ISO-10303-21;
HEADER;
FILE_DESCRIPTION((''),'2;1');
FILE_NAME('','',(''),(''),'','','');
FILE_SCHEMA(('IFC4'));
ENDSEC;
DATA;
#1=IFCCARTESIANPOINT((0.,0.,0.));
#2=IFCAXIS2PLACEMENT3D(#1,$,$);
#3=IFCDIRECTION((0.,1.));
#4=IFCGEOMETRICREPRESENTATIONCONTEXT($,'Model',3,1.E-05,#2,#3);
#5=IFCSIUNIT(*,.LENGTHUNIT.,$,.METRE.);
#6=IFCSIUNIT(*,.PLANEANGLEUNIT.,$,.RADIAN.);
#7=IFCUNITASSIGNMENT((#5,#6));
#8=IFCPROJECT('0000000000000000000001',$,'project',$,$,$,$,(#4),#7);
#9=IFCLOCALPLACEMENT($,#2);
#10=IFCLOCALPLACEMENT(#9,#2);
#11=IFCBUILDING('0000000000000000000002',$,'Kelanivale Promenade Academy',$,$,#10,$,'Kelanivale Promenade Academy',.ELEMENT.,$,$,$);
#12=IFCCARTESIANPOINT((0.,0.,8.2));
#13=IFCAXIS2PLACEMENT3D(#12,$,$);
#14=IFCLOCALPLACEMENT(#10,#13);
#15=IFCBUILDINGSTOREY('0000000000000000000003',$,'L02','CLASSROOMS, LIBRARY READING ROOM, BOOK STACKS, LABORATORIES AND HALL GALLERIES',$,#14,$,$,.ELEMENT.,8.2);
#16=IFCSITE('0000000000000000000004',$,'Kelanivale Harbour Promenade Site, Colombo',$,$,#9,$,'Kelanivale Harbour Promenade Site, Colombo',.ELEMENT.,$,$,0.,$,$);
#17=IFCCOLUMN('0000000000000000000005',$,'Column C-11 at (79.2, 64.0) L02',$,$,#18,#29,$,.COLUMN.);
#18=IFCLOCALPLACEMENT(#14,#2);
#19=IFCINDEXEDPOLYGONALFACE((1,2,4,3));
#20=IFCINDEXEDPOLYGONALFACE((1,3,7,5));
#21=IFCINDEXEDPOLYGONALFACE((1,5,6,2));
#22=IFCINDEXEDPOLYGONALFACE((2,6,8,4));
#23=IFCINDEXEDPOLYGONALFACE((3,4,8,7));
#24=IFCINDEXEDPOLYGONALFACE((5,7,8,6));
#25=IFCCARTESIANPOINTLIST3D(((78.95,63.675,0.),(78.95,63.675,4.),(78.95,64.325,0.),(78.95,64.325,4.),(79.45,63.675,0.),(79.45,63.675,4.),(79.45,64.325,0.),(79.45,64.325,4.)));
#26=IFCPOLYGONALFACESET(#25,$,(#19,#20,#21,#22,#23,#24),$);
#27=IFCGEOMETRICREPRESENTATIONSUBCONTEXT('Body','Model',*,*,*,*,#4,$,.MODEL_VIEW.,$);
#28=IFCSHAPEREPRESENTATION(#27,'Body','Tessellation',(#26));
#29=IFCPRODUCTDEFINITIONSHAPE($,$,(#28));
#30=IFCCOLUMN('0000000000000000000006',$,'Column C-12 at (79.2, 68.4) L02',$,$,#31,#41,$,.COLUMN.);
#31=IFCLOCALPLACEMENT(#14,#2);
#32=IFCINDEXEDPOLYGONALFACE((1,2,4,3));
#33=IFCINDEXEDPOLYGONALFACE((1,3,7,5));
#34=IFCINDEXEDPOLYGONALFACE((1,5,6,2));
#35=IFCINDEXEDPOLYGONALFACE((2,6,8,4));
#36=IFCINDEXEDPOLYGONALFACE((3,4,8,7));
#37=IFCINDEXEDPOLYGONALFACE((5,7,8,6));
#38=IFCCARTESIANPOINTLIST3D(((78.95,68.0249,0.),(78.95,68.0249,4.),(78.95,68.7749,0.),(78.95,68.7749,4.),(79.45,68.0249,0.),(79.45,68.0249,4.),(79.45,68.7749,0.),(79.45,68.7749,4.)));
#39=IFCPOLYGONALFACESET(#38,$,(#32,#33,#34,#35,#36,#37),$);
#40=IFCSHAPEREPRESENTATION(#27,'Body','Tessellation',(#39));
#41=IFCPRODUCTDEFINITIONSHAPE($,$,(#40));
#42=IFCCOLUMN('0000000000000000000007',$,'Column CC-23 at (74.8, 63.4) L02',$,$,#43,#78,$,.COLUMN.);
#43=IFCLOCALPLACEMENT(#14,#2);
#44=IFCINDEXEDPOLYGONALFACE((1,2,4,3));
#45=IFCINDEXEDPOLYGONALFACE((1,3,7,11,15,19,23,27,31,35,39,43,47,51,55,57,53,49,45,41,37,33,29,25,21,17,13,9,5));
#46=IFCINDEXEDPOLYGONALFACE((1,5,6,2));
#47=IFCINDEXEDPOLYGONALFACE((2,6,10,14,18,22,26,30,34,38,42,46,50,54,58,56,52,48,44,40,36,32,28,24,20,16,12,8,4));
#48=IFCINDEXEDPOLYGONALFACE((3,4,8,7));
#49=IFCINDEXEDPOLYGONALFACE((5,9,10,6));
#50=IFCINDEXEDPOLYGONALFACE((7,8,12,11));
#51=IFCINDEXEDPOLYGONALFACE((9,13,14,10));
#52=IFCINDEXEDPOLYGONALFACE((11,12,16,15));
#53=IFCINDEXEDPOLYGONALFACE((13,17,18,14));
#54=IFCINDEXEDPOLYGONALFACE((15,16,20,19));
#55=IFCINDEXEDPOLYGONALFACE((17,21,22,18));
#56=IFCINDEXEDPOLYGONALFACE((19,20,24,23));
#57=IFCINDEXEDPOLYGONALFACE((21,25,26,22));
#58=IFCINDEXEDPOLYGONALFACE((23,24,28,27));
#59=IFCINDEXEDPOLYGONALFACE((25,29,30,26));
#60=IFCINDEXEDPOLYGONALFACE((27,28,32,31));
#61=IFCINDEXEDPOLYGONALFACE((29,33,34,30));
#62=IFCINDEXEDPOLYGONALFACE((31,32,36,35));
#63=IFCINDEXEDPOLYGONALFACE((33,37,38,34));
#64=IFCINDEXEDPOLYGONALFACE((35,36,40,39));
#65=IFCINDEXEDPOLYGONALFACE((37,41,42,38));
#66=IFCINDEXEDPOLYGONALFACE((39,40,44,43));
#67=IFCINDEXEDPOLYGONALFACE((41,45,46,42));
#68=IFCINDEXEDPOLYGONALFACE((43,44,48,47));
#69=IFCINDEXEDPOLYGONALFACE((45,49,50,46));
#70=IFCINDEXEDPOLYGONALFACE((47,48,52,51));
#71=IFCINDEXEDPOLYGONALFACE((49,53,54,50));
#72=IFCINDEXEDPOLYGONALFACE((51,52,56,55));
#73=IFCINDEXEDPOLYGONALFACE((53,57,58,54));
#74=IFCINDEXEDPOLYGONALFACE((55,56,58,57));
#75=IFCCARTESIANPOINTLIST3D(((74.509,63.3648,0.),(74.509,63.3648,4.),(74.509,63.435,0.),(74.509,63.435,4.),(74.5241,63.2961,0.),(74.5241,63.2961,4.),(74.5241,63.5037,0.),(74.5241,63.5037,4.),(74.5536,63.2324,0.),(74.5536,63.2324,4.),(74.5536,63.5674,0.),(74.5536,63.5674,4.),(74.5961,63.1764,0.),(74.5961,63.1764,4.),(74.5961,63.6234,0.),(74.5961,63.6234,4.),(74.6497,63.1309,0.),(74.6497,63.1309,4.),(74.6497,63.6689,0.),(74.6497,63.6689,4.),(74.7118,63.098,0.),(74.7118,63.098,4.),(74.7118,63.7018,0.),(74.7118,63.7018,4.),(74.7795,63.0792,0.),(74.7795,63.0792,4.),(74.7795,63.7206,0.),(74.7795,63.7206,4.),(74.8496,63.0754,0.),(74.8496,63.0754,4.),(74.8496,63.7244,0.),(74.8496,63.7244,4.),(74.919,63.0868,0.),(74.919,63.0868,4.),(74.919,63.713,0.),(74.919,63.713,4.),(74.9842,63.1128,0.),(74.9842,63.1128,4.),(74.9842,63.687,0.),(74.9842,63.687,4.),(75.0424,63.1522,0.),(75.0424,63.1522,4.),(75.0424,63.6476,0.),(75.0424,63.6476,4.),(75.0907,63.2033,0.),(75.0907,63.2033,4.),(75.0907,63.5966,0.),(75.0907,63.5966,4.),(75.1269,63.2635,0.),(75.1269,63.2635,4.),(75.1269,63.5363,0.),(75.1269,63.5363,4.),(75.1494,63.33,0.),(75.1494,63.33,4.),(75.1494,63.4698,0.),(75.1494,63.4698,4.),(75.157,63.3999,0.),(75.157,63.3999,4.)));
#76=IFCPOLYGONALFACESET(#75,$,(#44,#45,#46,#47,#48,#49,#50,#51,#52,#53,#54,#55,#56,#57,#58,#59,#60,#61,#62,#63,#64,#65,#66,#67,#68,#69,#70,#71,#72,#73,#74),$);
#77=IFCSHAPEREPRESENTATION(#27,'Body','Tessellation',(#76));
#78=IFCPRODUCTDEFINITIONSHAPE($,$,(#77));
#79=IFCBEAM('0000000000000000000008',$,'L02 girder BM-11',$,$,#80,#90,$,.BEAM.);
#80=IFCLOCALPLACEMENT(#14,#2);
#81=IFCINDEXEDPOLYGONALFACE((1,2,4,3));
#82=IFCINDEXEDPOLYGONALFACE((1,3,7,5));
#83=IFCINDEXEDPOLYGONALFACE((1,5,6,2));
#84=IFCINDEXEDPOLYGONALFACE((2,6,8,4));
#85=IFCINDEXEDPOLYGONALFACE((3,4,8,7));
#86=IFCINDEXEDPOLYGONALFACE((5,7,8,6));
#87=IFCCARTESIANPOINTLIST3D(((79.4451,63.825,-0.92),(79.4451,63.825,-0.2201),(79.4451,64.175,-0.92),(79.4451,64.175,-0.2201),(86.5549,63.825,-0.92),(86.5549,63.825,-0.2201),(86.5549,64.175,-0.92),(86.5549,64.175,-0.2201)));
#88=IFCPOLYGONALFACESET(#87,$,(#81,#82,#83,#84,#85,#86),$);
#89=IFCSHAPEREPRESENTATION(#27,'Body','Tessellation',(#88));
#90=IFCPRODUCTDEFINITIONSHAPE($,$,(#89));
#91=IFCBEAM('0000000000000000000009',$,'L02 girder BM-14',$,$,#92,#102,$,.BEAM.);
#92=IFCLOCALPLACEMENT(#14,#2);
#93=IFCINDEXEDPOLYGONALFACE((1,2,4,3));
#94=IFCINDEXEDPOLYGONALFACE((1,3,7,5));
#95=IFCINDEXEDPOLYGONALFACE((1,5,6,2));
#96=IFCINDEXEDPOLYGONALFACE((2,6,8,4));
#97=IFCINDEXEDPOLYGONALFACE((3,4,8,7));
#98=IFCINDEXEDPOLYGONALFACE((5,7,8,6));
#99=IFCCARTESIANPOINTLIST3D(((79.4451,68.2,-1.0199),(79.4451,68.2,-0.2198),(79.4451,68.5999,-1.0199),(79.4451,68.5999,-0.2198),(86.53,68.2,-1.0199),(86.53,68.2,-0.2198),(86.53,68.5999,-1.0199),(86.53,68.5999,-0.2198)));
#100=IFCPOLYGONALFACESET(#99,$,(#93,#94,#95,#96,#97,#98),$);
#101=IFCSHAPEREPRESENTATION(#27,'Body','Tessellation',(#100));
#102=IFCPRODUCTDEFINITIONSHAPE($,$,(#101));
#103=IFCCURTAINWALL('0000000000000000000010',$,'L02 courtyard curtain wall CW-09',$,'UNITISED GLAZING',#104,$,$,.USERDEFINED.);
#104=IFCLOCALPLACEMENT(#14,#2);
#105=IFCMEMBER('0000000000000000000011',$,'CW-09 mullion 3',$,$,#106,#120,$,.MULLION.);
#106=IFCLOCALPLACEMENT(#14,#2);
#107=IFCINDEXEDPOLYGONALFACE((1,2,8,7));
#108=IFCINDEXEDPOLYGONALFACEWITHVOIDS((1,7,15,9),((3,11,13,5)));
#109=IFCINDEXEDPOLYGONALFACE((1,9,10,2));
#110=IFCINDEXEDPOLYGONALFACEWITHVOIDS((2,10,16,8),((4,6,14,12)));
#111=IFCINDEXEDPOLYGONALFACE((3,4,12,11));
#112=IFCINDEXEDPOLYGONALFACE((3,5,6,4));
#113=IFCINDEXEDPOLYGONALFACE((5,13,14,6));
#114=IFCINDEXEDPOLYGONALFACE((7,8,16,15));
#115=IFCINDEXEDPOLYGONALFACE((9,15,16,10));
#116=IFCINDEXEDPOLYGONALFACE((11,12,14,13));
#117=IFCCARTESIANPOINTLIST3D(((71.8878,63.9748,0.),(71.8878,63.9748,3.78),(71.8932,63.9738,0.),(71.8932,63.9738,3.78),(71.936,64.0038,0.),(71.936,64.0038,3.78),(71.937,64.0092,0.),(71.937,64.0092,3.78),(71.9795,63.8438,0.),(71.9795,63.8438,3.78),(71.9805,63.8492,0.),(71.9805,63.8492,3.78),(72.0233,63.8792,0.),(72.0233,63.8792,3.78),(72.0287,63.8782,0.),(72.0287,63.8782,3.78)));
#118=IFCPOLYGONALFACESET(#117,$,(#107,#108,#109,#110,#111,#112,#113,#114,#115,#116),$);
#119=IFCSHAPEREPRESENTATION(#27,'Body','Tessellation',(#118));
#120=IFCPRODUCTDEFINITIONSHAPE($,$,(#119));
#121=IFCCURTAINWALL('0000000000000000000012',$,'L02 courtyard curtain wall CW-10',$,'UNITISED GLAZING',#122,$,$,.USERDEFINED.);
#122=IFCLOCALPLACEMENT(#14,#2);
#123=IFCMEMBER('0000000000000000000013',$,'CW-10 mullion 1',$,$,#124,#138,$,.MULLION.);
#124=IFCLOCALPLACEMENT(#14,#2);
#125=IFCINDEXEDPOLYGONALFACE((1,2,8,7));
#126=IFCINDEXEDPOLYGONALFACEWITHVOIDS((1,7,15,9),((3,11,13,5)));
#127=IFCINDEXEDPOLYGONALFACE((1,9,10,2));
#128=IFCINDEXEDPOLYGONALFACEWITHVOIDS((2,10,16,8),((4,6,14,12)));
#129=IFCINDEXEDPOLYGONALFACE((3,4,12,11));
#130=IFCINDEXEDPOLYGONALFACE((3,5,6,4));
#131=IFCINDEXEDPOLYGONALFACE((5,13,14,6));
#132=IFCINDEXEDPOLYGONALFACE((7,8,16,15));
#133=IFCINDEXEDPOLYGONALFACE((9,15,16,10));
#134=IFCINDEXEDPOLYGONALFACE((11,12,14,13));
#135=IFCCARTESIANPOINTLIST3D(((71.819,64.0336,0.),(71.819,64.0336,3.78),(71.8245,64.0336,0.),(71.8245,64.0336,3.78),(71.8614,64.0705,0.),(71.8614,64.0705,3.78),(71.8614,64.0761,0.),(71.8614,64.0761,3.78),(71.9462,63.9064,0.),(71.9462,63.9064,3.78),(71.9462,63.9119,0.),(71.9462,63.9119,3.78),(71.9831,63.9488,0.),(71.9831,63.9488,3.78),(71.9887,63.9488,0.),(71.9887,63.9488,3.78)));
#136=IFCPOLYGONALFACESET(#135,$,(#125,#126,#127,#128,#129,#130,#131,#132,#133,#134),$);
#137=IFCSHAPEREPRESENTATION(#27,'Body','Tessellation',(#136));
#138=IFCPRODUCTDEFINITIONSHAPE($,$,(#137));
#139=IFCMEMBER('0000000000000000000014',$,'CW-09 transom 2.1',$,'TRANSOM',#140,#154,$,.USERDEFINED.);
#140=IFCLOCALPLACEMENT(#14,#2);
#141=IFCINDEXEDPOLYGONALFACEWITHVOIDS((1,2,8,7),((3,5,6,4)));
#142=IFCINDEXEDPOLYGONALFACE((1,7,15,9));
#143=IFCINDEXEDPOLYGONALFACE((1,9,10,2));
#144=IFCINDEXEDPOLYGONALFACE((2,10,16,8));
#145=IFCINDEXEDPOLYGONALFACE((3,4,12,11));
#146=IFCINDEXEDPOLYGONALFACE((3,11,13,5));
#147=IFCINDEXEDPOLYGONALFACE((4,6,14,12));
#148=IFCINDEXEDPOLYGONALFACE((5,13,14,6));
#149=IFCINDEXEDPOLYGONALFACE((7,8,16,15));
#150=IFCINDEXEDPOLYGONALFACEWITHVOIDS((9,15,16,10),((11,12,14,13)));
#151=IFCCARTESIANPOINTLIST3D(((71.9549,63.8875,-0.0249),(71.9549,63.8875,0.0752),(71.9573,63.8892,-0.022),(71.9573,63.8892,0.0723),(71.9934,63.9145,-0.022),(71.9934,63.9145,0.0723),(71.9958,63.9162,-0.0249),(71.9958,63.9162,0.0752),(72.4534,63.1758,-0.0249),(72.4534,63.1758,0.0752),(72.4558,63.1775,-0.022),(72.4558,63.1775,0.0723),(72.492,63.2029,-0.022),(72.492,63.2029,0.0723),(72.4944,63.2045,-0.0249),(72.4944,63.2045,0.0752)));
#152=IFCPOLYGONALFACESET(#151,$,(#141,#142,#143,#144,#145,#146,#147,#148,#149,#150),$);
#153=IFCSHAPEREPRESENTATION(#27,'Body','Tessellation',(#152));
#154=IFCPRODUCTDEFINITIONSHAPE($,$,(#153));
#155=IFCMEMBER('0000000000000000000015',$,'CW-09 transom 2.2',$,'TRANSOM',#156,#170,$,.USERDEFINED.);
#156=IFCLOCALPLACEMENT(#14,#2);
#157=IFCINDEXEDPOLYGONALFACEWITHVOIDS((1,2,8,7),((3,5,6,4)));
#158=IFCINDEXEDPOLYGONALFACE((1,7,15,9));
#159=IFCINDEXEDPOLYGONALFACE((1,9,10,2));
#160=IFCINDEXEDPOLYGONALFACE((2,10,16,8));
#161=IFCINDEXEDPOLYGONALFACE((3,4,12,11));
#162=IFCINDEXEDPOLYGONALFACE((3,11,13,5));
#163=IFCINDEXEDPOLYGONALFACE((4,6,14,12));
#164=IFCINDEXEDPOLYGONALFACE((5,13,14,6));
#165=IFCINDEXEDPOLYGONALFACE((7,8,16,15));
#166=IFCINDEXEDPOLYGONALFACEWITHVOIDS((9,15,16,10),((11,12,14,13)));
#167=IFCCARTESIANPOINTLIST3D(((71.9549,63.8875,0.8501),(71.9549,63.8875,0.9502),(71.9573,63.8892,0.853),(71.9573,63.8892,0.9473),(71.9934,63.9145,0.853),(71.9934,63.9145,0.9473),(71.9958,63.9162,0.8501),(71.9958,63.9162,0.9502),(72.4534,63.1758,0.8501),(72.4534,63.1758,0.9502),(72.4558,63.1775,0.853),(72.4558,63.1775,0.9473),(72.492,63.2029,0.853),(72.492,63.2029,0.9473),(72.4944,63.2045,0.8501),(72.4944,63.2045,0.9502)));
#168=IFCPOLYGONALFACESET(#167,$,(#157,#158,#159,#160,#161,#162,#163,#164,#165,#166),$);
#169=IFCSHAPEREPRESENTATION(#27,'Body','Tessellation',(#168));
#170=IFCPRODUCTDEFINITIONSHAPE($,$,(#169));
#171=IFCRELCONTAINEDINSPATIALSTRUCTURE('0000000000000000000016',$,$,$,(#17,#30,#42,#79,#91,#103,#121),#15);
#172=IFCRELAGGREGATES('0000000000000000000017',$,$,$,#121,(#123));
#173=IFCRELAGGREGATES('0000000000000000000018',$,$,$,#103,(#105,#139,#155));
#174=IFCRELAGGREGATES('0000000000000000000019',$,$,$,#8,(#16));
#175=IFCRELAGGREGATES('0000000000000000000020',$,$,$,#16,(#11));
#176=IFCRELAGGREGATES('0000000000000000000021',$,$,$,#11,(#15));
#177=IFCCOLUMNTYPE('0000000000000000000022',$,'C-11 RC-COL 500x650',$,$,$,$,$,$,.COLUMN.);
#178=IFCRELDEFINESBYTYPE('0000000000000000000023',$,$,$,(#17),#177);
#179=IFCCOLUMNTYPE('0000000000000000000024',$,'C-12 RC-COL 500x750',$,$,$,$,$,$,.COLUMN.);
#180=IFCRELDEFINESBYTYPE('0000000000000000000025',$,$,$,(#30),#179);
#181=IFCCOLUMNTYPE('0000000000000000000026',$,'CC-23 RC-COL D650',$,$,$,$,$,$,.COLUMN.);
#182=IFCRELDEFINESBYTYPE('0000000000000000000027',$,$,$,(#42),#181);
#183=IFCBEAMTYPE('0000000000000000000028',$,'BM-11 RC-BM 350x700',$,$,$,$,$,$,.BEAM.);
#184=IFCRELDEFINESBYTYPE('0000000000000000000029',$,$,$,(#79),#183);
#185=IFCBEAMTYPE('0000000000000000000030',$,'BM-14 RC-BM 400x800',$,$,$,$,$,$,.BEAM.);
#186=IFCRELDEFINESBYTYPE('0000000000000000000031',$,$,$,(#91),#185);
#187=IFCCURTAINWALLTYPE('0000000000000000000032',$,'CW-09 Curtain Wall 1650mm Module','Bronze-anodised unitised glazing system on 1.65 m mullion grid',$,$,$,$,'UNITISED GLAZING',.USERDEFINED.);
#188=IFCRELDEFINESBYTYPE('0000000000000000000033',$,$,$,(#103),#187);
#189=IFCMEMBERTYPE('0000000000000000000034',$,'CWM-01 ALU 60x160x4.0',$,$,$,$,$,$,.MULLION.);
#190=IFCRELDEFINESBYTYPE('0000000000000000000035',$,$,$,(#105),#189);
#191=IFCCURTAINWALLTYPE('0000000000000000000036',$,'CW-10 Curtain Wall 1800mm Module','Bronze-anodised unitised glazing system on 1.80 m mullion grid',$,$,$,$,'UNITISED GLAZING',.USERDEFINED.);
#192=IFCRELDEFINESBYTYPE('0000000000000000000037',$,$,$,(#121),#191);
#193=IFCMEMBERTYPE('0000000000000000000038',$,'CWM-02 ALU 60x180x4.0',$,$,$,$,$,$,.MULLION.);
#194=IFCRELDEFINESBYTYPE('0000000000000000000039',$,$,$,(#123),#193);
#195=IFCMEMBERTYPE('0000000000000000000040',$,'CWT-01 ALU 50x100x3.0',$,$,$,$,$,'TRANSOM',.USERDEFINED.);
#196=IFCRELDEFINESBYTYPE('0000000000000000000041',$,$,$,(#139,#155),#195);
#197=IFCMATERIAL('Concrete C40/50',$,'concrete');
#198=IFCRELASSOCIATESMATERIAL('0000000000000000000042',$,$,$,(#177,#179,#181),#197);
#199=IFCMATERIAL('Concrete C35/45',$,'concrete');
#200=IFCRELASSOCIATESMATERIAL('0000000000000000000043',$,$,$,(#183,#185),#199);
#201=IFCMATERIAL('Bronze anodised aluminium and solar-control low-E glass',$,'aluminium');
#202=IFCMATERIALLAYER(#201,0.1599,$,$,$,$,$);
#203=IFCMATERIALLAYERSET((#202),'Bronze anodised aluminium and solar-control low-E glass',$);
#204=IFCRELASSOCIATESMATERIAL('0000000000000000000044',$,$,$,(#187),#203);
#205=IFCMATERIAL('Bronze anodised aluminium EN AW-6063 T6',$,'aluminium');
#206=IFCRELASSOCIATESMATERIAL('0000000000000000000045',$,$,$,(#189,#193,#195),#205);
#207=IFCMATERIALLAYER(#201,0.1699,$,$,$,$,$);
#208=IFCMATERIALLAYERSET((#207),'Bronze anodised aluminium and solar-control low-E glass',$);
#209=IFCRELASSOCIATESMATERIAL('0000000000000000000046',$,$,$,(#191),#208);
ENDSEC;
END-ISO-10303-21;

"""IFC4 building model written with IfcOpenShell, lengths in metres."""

from ifc_helpers import new_model, si_unit, direction, frame, origin, origin_2d, place, context, subcontext, project, spatial, rectangle, hollow_rectangle, circle, extrude, material, layer, layer_set, material_profile, profile_set, type_object, element, aggregate, save


model = new_model("IFC4")

# Units and contexts
model_context = context("Model", 3, precision=1e-05, world=origin(), true_north=direction((0.0, 1.0)))
body_context = subcontext(model_context, "Body", "Model", "MODEL_VIEW")
ifc_project = project(units=[si_unit("LENGTHUNIT", "METRE"), si_unit("PLANEANGLEUNIT", "RADIAN")], contexts=[model_context])

# Site, building, storey
site_placement = place(None, origin())
site = spatial("IfcSite", under=ifc_project, at=site_placement, Name="Kelanivale Harbour Promenade Site, Colombo", LongName="Kelanivale Harbour Promenade Site, Colombo", CompositionType="ELEMENT", RefElevation=0.0)
building_placement = place(site_placement, origin())
building = spatial("IfcBuilding", under=site, at=building_placement, Name="Kelanivale Promenade Academy", LongName="Kelanivale Promenade Academy", CompositionType="ELEMENT")
storey_placement = place(building_placement, frame((0.0, 0.0, 8.2)))
storey = spatial("IfcBuildingStorey", under=building, at=storey_placement, Name="L02", Description="CLASSROOMS, LIBRARY READING ROOM, BOOK STACKS, LABORATORIES AND HALL GALLERIES", CompositionType="ELEMENT", Elevation=8.2)

# Columns
ifc_material_1 = material(Name="Concrete C40/50", Category="concrete")
ifc_material_profile_1 = material_profile(ifc_material_1, rectangle(XDim=0.5, YDim=0.6499, at=origin_2d()), Name="RC-COL 500x650")
ifc_profile_set_1 = profile_set([ifc_material_profile_1], Name="Concrete C40/50")
column_type_1 = type_object("IfcColumnType", Name="C-11 RC-COL 500x650", PredefinedType="COLUMN", material=ifc_profile_set_1)
column_1_placement = place(storey_placement, frame((79.2, 64.0, 0.0), z_axis=(0.0, 0.0, 1.0), x_axis=(1.0, 0.0, 0.0)))
element("IfcColumn", 1, at=column_1_placement, inside=storey, type_object=column_type_1, Name="Column C-11 at (79.2, 64.0) L02", PredefinedType="COLUMN", context=body_context, shape_type="SweptSolid", body=[
    extrude(rectangle(XDim=0.5, YDim=0.6499, at=origin_2d()), origin(), (0.0, 0.0, 1.0), 4.0),
])
ifc_material_profile_2 = material_profile(ifc_material_1, rectangle(XDim=0.5, YDim=0.75, at=origin_2d()), Name="RC-COL 500x750")
ifc_profile_set_2 = profile_set([ifc_material_profile_2], Name="Concrete C40/50")
column_type_2 = type_object("IfcColumnType", Name="C-12 RC-COL 500x750", PredefinedType="COLUMN", material=ifc_profile_set_2)
column_2_placement = place(storey_placement, frame((79.2, 68.3999, 0.0), z_axis=(0.0, 0.0, 1.0), x_axis=(1.0, 0.0, 0.0)))
element("IfcColumn", 2, at=column_2_placement, inside=storey, type_object=column_type_2, Name="Column C-12 at (79.2, 68.4) L02", PredefinedType="COLUMN", context=body_context, shape_type="SweptSolid", body=[
    extrude(rectangle(XDim=0.5, YDim=0.75, at=origin_2d()), origin(), (0.0, 0.0, 1.0), 4.0),
])
ifc_material_profile_3 = material_profile(ifc_material_1, circle(Radius=0.325, at=origin_2d()), Name="RC-COL D650")
ifc_profile_set_3 = profile_set([ifc_material_profile_3], Name="Concrete C40/50")
column_type_3 = type_object("IfcColumnType", Name="CC-23 RC-COL D650", PredefinedType="COLUMN", material=ifc_profile_set_3)
column_3_placement = place(storey_placement, frame((74.832, 63.3999, 0.0), z_axis=(0.0, 0.0, 1.0), x_axis=(1.0, 0.0, 0.0)))
element("IfcColumn", 3, at=column_3_placement, inside=storey, type_object=column_type_3, Name="Column CC-23 at (74.8, 63.4) L02", PredefinedType="COLUMN", context=body_context, shape_type="SweptSolid", body=[
    extrude(circle(Radius=0.325, at=origin_2d()), origin(), (0.0, 0.0, 1.0), 4.0),
])

# Beams
ifc_material_2 = material(Name="Concrete C35/45", Category="concrete")
ifc_material_profile_4 = material_profile(ifc_material_2, rectangle(XDim=0.3501, YDim=0.7, at=origin_2d()), Name="RC-BM 350x700")
ifc_profile_set_4 = profile_set([ifc_material_profile_4], Name="Concrete C35/45")
beam_type_1 = type_object("IfcBeamType", Name="BM-11 RC-BM 350x700", PredefinedType="BEAM", material=ifc_profile_set_4)
beam_1_placement = place(storey_placement, frame((79.4451, 64.0, -0.5701), z_axis=(1.0, 0.0, 0.0), x_axis=(0.0, 1.0, 0.0)))
element("IfcBeam", 4, at=beam_1_placement, inside=storey, type_object=beam_type_1, Name="L02 girder BM-11", PredefinedType="BEAM", context=body_context, shape_type="SweptSolid", body=[
    extrude(rectangle(XDim=0.3501, YDim=0.7, at=origin_2d()), origin(), (0.0, 0.0, 1.0), 7.1099),
])
ifc_material_profile_5 = material_profile(ifc_material_2, rectangle(XDim=0.3999, YDim=0.8, at=origin_2d()), Name="RC-BM 400x800")
ifc_profile_set_5 = profile_set([ifc_material_profile_5], Name="Concrete C35/45")
beam_type_2 = type_object("IfcBeamType", Name="BM-14 RC-BM 400x800", PredefinedType="BEAM", material=ifc_profile_set_5)
beam_2_placement = place(storey_placement, frame((79.4451, 68.3999, -0.6199), z_axis=(1.0, 0.0, 0.0), x_axis=(0.0, 1.0, 0.0)))
element("IfcBeam", 5, at=beam_2_placement, inside=storey, type_object=beam_type_2, Name="L02 girder BM-14", PredefinedType="BEAM", context=body_context, shape_type="SweptSolid", body=[
    extrude(rectangle(XDim=0.3999, YDim=0.8, at=origin_2d()), origin(), (0.0, 0.0, 1.0), 7.085),
])

# Curtain walls, members
ifc_material_3 = material(Name="Bronze anodised aluminium and solar-control low-E glass", Category="aluminium")
ifc_layer_1 = layer(ifc_material_3, 0.1599)
ifc_layer_set_1 = layer_set([ifc_layer_1], Name="Bronze anodised aluminium and solar-control low-E glass")
curtain_wall_type_1 = type_object("IfcCurtainWallType", Name="CW-09 Curtain Wall 1650mm Module", Description="Bronze-anodised unitised glazing system on 1.65 m mullion grid", ElementType="UNITISED GLAZING", PredefinedType="USERDEFINED", material=ifc_layer_set_1)
curtain_wall_1_placement = place(storey_placement, origin())
curtain_wall_1 = element("IfcCurtainWall", 6, at=curtain_wall_1_placement, inside=storey, type_object=curtain_wall_type_1, Name="L02 courtyard curtain wall CW-09", ObjectType="UNITISED GLAZING", PredefinedType="USERDEFINED")
ifc_material_4 = material(Name="Bronze anodised aluminium EN AW-6063 T6", Category="aluminium")
ifc_material_profile_6 = material_profile(ifc_material_4, hollow_rectangle(XDim=0.0601, YDim=0.1599, WallThickness=0.0039, at=origin_2d()), Name="ALU 60x160x4.0")
ifc_profile_set_6 = profile_set([ifc_material_profile_6], Name="Bronze anodised aluminium EN AW-6063 T6")
member_type_1 = type_object("IfcMemberType", Name="CWM-01 ALU 60x160x4.0", PredefinedType="MULLION", material=ifc_profile_set_6)
member_1_placement = place(storey_placement, frame((71.9583, 63.9265, 0.0), z_axis=(0.0, 0.0, 1.0), x_axis=(-0.819158, -0.573567, 0.0)))
member_1 = element("IfcMember", 7, at=member_1_placement, type_object=member_type_1, Name="CW-09 mullion 3", PredefinedType="MULLION", context=body_context, shape_type="SweptSolid", body=[
    extrude(hollow_rectangle(XDim=0.0601, YDim=0.1599, WallThickness=0.0039, at=origin_2d()), origin(), (0.0, 0.0, 1.0), 3.78),
])
ifc_layer_2 = layer(ifc_material_3, 0.1699)
ifc_layer_set_2 = layer_set([ifc_layer_2], Name="Bronze anodised aluminium and solar-control low-E glass")
curtain_wall_type_2 = type_object("IfcCurtainWallType", Name="CW-10 Curtain Wall 1800mm Module", Description="Bronze-anodised unitised glazing system on 1.80 m mullion grid", ElementType="UNITISED GLAZING", PredefinedType="USERDEFINED", material=ifc_layer_set_2)
curtain_wall_2_placement = place(storey_placement, origin())
curtain_wall_2 = element("IfcCurtainWall", 8, at=curtain_wall_2_placement, inside=storey, type_object=curtain_wall_type_2, Name="L02 courtyard curtain wall CW-10", ObjectType="UNITISED GLAZING", PredefinedType="USERDEFINED")
ifc_material_profile_7 = material_profile(ifc_material_4, hollow_rectangle(XDim=0.0601, YDim=0.1799, WallThickness=0.0039, at=origin_2d()), Name="ALU 60x180x4.0")
ifc_profile_set_7 = profile_set([ifc_material_profile_7], Name="Bronze anodised aluminium EN AW-6063 T6")
member_type_2 = type_object("IfcMemberType", Name="CWM-02 ALU 60x180x4.0", PredefinedType="MULLION", material=ifc_profile_set_7)
member_2_placement = place(storey_placement, frame((71.9038, 63.9912, 0.0), z_axis=(0.0, 0.0, 1.0), x_axis=(-0.707107, -0.707107, 0.0)))
member_2 = element("IfcMember", 9, at=member_2_placement, type_object=member_type_2, Name="CW-10 mullion 1", PredefinedType="MULLION", context=body_context, shape_type="SweptSolid", body=[
    extrude(hollow_rectangle(XDim=0.0601, YDim=0.1799, WallThickness=0.0039, at=origin_2d()), origin(), (0.0, 0.0, 1.0), 3.78),
])

# Members
ifc_material_profile_8 = material_profile(ifc_material_4, hollow_rectangle(XDim=0.05, YDim=0.1001, WallThickness=0.0029, at=origin_2d()), Name="ALU 50x100x3.0")
ifc_profile_set_8 = profile_set([ifc_material_profile_8], Name="Bronze anodised aluminium EN AW-6063 T6")
member_type_3 = type_object("IfcMemberType", Name="CWT-01 ALU 50x100x3.0", ElementType="TRANSOM", PredefinedType="USERDEFINED", material=ifc_profile_set_8)
member_3_placement = place(storey_placement, frame((72.4739, 63.1902, 0.0251), z_axis=(-0.573745, 0.819034, 0.0), x_axis=(-0.819034, -0.573745, 0.0)))
member_3 = element("IfcMember", 10, at=member_3_placement, type_object=member_type_3, Name="CW-09 transom 2.1", ObjectType="TRANSOM", PredefinedType="USERDEFINED", context=body_context, shape_type="SweptSolid", body=[
    extrude(hollow_rectangle(XDim=0.05, YDim=0.1001, WallThickness=0.0029, at=origin_2d()), origin(), (0.0, 0.0, 1.0), 0.8689),
])
member_4_placement = place(storey_placement, frame((72.4739, 63.1902, 0.9001), z_axis=(-0.573745, 0.819034, 0.0), x_axis=(-0.819034, -0.573745, 0.0)))
member_4 = element("IfcMember", 11, at=member_4_placement, type_object=member_type_3, Name="CW-09 transom 2.2", ObjectType="TRANSOM", PredefinedType="USERDEFINED", context=body_context, shape_type="SweptSolid", body=[
    extrude(hollow_rectangle(XDim=0.05, YDim=0.1001, WallThickness=0.0029, at=origin_2d()), origin(), (0.0, 0.0, 1.0), 0.8689),
])

aggregate(curtain_wall_2, [member_2])
aggregate(curtain_wall_1, [member_1, member_3, member_4])

save(model, "model.ifc")
